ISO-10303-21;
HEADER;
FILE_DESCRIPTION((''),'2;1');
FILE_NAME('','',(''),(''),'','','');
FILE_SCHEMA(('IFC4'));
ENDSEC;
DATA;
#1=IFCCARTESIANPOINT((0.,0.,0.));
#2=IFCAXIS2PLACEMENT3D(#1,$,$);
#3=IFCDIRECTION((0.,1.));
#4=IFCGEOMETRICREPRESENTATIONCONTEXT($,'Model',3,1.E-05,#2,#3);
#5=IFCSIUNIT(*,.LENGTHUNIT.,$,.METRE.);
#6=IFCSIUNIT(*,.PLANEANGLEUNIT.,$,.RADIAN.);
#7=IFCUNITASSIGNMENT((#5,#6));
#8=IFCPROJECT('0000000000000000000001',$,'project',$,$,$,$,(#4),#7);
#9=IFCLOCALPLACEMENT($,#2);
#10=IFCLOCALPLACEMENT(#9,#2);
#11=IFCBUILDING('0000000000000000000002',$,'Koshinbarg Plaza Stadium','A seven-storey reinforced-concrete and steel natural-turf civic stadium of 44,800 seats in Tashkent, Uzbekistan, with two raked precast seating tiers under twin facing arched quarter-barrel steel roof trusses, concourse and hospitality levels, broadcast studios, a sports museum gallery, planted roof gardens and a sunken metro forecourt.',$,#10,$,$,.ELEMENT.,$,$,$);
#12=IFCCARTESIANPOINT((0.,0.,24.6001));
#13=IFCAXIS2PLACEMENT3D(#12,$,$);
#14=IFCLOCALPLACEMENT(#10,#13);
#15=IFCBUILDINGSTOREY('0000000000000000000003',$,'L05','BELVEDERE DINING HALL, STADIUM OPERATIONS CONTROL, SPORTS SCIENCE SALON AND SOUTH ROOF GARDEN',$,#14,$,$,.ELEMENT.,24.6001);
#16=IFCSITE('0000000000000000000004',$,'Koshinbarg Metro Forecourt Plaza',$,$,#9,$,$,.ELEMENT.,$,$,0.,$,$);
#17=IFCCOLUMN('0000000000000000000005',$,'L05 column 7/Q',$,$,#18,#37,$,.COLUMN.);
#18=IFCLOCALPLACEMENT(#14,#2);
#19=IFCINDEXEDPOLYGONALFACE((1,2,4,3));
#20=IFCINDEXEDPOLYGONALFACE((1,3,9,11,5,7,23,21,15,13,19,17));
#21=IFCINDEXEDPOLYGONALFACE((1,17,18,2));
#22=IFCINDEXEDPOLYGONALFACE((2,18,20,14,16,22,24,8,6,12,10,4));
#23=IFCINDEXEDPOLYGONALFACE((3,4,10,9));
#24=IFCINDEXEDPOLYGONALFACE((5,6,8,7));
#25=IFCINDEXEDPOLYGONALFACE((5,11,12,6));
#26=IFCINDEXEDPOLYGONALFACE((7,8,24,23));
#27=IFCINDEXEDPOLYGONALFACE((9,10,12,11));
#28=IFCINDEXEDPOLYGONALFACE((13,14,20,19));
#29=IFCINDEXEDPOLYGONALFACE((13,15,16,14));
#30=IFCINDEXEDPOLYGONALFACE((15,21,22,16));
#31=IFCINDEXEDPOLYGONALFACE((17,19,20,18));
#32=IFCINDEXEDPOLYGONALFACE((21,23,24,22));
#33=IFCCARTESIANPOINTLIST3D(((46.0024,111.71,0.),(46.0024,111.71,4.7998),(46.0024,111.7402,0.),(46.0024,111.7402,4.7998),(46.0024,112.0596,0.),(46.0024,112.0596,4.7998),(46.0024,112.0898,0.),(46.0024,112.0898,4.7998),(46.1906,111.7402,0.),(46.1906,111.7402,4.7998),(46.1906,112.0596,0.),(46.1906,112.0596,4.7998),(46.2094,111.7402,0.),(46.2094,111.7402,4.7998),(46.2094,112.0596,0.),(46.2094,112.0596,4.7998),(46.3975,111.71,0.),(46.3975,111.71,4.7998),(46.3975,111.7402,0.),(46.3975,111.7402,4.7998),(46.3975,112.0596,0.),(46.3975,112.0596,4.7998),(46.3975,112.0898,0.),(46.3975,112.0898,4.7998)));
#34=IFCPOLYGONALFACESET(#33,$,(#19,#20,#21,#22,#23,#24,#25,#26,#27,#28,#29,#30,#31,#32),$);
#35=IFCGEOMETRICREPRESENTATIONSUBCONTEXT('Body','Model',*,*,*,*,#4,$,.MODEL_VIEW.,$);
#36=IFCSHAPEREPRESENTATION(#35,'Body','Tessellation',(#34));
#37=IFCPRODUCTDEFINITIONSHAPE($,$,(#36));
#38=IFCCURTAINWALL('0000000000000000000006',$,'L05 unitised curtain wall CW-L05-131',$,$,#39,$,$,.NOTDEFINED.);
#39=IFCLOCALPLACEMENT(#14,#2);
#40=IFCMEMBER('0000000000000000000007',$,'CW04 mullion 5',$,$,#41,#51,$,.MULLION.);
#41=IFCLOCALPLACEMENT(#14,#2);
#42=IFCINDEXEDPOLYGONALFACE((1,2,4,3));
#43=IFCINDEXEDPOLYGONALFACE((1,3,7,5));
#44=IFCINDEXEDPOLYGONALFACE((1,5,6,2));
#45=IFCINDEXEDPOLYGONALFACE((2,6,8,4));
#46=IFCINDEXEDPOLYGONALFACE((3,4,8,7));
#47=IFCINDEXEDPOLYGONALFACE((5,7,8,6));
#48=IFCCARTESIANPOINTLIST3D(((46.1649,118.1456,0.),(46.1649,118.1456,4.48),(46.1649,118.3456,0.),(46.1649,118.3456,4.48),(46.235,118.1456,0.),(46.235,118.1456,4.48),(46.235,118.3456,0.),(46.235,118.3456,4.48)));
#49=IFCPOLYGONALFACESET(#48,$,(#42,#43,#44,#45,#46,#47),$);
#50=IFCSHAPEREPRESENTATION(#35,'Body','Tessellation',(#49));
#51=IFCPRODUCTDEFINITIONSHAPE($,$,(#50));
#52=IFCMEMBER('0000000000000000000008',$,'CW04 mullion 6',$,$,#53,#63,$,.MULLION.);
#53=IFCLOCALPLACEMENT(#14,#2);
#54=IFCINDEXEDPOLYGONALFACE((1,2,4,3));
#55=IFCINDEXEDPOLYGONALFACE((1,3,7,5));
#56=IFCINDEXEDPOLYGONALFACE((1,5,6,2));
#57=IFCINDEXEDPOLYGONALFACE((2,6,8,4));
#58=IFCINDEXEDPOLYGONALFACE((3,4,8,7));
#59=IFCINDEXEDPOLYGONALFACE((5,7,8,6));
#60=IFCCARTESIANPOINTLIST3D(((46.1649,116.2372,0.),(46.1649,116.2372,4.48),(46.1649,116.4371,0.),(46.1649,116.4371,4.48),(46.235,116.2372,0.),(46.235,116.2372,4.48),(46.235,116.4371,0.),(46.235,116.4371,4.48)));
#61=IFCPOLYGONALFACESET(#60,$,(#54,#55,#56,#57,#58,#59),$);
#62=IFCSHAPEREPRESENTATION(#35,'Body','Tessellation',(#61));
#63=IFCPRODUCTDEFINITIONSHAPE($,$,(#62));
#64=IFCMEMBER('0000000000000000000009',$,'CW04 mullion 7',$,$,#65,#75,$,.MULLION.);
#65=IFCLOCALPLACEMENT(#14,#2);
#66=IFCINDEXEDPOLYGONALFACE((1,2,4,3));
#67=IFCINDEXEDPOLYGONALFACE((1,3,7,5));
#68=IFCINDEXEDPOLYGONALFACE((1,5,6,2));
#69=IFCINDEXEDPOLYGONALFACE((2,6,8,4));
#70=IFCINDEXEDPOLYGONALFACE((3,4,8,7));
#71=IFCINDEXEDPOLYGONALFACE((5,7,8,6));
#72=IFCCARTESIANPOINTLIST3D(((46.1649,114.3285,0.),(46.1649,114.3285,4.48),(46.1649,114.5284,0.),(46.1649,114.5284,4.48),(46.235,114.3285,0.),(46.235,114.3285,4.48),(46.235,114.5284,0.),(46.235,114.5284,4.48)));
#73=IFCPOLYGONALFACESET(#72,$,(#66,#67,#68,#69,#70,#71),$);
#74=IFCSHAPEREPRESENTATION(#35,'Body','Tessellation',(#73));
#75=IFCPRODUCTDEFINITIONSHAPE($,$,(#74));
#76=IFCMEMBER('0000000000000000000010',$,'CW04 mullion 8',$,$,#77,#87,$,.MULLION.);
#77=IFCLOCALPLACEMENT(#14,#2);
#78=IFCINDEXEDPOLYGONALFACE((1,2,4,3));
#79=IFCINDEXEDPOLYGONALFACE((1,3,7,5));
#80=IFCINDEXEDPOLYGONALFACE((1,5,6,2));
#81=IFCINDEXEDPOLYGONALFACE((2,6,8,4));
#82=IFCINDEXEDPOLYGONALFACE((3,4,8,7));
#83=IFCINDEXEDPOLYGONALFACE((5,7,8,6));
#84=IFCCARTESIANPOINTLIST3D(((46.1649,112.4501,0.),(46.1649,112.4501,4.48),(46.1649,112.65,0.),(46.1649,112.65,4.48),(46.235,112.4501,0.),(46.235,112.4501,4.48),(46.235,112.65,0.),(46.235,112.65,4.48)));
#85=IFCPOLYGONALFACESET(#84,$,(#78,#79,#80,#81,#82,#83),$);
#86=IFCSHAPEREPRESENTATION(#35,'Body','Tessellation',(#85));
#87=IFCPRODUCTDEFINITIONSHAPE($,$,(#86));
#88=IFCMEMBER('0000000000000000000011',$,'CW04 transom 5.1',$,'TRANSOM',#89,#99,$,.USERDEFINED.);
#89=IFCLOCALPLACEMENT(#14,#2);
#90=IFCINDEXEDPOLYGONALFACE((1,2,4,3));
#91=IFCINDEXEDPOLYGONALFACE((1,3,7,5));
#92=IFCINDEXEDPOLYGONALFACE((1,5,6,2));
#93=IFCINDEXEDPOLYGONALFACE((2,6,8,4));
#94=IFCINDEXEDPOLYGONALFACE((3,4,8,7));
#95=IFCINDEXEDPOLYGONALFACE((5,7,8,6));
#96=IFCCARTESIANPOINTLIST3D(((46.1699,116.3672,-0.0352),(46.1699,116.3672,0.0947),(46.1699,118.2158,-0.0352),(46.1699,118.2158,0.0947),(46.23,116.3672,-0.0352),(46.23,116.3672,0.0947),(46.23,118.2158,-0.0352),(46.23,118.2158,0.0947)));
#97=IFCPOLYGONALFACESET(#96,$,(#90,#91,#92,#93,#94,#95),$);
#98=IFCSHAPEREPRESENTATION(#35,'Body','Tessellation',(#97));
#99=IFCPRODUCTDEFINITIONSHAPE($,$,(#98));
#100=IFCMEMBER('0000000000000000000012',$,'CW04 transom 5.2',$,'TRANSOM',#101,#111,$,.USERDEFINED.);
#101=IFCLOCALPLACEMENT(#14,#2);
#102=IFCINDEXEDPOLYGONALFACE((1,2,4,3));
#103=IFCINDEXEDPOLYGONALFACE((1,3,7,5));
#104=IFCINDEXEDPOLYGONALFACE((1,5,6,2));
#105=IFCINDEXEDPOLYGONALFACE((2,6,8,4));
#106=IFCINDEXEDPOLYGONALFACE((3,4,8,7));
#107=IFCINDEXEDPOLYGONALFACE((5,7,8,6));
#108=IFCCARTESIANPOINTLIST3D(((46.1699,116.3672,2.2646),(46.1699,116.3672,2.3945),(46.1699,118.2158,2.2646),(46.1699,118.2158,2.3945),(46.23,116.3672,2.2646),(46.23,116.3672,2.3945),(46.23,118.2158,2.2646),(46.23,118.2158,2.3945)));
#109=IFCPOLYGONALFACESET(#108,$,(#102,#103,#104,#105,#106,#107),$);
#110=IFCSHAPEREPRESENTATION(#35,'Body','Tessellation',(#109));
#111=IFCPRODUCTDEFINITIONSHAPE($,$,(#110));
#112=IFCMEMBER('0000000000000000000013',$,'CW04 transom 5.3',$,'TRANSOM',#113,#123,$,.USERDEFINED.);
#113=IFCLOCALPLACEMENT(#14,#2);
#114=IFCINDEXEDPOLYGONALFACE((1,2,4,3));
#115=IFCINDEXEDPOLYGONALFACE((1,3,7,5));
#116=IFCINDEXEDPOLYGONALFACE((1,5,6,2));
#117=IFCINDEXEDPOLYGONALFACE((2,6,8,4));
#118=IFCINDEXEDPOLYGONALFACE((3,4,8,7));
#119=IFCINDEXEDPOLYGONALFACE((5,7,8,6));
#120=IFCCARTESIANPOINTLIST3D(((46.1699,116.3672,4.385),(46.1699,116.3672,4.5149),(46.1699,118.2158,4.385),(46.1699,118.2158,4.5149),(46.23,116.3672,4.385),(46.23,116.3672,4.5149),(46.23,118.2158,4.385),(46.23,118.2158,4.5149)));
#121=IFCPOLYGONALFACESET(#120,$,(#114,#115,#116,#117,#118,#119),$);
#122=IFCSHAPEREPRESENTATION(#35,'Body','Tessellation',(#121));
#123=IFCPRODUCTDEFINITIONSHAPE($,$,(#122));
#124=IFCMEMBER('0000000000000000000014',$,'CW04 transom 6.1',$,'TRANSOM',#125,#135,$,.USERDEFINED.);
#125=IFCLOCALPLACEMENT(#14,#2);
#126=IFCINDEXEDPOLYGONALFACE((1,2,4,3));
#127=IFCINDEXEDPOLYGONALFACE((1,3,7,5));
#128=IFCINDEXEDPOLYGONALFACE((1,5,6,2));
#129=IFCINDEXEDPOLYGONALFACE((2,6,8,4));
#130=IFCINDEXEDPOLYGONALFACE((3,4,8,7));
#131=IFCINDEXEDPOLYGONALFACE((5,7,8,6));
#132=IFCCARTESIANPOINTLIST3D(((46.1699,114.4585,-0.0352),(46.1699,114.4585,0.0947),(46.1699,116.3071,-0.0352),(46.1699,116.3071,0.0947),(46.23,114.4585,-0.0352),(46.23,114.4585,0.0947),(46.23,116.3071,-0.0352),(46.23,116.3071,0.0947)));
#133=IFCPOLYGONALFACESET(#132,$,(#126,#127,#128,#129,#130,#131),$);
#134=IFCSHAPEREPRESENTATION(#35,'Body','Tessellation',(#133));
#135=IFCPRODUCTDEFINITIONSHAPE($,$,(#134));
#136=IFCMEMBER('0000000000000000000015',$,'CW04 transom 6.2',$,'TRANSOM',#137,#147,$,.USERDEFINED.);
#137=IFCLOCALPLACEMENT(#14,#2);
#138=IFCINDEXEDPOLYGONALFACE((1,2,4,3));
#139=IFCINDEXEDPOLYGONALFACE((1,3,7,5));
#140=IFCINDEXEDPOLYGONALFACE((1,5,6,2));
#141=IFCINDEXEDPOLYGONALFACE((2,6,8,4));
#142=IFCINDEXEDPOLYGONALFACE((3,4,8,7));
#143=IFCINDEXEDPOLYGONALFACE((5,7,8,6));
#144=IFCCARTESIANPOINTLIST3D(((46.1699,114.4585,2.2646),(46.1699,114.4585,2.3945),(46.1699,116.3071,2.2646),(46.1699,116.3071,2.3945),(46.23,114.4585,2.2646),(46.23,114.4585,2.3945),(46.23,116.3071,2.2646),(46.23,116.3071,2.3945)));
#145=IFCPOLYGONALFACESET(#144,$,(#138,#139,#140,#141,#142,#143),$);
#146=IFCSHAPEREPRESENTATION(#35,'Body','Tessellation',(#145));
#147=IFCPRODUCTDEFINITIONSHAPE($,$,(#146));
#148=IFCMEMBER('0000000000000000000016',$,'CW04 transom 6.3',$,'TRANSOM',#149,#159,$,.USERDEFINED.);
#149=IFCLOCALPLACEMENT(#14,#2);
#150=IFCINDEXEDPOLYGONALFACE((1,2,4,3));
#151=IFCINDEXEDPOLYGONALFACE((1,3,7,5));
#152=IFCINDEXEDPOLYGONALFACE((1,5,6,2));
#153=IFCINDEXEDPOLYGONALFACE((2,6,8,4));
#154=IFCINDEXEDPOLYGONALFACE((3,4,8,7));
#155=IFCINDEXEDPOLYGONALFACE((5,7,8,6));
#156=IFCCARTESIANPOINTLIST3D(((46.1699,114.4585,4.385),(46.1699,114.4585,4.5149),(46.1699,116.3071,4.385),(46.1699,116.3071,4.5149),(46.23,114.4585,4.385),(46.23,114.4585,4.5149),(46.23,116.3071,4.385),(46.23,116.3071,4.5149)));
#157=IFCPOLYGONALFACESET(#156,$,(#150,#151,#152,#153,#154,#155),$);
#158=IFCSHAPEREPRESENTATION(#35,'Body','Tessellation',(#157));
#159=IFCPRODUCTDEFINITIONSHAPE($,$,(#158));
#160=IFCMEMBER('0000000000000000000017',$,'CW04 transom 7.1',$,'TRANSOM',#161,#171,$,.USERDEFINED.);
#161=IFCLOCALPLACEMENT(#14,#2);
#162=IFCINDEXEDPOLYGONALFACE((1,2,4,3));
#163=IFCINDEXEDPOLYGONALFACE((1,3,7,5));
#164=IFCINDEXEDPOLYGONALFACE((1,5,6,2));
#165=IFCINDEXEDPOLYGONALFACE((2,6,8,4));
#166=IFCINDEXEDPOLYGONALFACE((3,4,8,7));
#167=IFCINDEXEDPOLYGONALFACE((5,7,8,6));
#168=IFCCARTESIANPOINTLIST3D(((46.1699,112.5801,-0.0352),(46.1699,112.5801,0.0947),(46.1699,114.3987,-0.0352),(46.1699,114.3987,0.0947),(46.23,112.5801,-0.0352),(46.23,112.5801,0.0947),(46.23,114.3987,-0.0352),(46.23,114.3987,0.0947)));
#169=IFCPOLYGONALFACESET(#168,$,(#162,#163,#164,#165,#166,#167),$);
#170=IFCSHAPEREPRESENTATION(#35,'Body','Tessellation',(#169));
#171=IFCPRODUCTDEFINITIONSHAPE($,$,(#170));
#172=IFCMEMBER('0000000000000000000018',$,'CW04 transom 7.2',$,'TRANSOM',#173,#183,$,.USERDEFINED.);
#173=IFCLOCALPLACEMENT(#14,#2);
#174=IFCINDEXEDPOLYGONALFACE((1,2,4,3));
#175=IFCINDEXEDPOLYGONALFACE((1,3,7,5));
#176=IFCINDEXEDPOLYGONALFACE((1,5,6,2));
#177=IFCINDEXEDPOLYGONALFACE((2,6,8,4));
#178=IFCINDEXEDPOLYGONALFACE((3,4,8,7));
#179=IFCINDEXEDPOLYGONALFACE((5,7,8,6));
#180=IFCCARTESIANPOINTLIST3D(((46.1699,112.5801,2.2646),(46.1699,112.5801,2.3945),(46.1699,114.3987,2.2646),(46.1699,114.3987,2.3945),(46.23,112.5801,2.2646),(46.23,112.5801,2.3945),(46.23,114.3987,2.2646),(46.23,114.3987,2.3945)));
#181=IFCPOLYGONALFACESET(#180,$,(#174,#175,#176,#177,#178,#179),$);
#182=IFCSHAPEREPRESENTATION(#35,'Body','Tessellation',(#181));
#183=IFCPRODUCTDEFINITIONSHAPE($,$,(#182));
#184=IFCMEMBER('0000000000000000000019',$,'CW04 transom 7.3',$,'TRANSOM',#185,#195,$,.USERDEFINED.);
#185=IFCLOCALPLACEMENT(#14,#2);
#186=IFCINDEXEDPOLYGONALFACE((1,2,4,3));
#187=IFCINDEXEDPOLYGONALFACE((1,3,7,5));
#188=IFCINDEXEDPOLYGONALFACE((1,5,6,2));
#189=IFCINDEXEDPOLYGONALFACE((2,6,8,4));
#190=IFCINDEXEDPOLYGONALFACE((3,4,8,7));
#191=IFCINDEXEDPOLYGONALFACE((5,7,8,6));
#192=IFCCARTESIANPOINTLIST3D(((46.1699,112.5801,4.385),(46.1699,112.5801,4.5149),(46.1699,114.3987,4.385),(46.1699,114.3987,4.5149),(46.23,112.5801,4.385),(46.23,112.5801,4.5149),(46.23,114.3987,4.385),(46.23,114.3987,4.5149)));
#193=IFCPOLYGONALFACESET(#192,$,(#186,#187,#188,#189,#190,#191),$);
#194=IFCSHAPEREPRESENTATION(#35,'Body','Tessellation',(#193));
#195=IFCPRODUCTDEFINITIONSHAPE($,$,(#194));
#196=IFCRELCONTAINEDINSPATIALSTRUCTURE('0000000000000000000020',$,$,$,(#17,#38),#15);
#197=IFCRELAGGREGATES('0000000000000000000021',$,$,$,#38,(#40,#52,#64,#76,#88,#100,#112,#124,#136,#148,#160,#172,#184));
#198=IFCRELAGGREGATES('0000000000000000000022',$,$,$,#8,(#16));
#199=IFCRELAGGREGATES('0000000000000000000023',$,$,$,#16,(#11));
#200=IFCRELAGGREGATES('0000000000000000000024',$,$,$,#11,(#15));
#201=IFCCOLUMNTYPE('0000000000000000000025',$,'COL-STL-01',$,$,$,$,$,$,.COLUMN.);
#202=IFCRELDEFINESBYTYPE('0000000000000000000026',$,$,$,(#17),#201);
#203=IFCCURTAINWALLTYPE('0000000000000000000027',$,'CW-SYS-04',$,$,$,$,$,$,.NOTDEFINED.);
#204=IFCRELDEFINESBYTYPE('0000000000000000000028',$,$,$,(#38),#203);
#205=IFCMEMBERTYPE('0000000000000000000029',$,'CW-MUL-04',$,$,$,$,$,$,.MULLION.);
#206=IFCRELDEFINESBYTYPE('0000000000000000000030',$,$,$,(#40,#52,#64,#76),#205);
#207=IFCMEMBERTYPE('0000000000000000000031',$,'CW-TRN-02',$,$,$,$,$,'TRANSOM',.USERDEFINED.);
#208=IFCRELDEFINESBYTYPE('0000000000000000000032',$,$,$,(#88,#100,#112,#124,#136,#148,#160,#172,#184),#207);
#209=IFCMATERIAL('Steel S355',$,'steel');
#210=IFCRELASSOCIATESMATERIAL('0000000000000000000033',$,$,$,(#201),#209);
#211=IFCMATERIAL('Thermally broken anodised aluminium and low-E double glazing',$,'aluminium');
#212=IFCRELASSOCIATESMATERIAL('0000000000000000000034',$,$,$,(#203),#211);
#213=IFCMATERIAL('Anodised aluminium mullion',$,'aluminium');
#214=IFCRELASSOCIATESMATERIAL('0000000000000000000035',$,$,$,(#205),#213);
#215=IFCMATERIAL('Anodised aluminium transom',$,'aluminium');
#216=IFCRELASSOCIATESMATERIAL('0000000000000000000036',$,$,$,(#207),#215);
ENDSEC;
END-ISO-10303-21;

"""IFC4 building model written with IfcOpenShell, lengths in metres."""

from ifc_helpers import new_model, si_unit, direction, frame, origin, origin_2d, place, context, subcontext, project, spatial, rectangle, i_section, extrude, material, material_profile, profile_set, type_object, element, aggregate, save


model = new_model("IFC4")

# Units and contexts
model_context = context("Model", 3, precision=1e-05, world=origin(), true_north=direction((0.0, 1.0)))
body_context = subcontext(model_context, "Body", "Model", "MODEL_VIEW")
ifc_project = project(units=[si_unit("LENGTHUNIT", "METRE"), si_unit("PLANEANGLEUNIT", "RADIAN")], contexts=[model_context])

# Site, building, storey
site_placement = place(None, origin())
site = spatial("IfcSite", under=ifc_project, at=site_placement, Name="Koshinbarg Metro Forecourt Plaza", CompositionType="ELEMENT", RefElevation=0.0)
building_placement = place(site_placement, origin())
building = spatial("IfcBuilding", under=site, at=building_placement, Name="Koshinbarg Plaza Stadium", Description="A seven-storey reinforced-concrete and steel natural-turf civic stadium of 44,800 seats in Tashkent, Uzbekistan, with two raked precast seating tiers under twin facing arched quarter-barrel steel roof trusses, concourse and hospitality levels, broadcast studios, a sports museum gallery, planted roof gardens and a sunken metro forecourt.", CompositionType="ELEMENT")
storey_placement = place(building_placement, frame((0.0, 0.0, 24.6001)))
storey = spatial("IfcBuildingStorey", under=building, at=storey_placement, Name="L05", Description="BELVEDERE DINING HALL, STADIUM OPERATIONS CONTROL, SPORTS SCIENCE SALON AND SOUTH ROOF GARDEN", CompositionType="ELEMENT", Elevation=24.6001)

# Column
ifc_material_1 = material(Name="Steel S355", Category="steel")
ifc_material_profile_1 = material_profile(ifc_material_1, i_section(OverallWidth=0.395, OverallDepth=0.3799, WebThickness=0.0188, FlangeThickness=0.0303, at=origin_2d()), Name="HD 400x237")
ifc_profile_set_1 = profile_set([ifc_material_profile_1], Name="Steel S355")
column_type = type_object("IfcColumnType", Name="COL-STL-01", PredefinedType="COLUMN", material=ifc_profile_set_1)
column_placement = place(storey_placement, frame((46.2, 111.8999, 0.0), z_axis=(0.0, 0.0, 1.0), x_axis=(1.0, 0.0, 0.0)))
element("IfcColumn", 1, at=column_placement, inside=storey, type_object=column_type, Name="L05 column 7/Q", PredefinedType="COLUMN", context=body_context, shape_type="SweptSolid", body=[
    extrude(i_section(OverallWidth=0.395, OverallDepth=0.3799, WebThickness=0.0188, FlangeThickness=0.0303, at=origin_2d()), origin(), (0.0, 0.0, 1.0), 4.7998),
])

# Curtain wall, members
ifc_material_2 = material(Name="Thermally broken anodised aluminium and low-E double glazing", Category="aluminium")
curtain_wall_type = type_object("IfcCurtainWallType", Name="CW-SYS-04", PredefinedType="NOTDEFINED", material=ifc_material_2)
curtain_wall_placement = place(storey_placement, origin())
curtain_wall = element("IfcCurtainWall", 2, at=curtain_wall_placement, inside=storey, type_object=curtain_wall_type, Name="L05 unitised curtain wall CW-L05-131", PredefinedType="NOTDEFINED")
ifc_material_3 = material(Name="Anodised aluminium mullion", Category="aluminium")
ifc_material_profile_2 = material_profile(ifc_material_3, rectangle(XDim=0.0701, YDim=0.2, at=origin_2d()), Name="ALU 70x200")
ifc_profile_set_2 = profile_set([ifc_material_profile_2], Name="Anodised aluminium mullion")
member_type_1 = type_object("IfcMemberType", Name="CW-MUL-04", PredefinedType="MULLION", material=ifc_profile_set_2)
member_1_placement = place(storey_placement, frame((46.2, 118.2456, 0.0), z_axis=(0.0, 0.0, 1.0), x_axis=(1.0, 0.0, 0.0)))
member_1 = element("IfcMember", 3, at=member_1_placement, type_object=member_type_1, Name="CW04 mullion 5", PredefinedType="MULLION", context=body_context, shape_type="SweptSolid", body=[
    extrude(rectangle(XDim=0.0701, YDim=0.2, at=origin_2d()), origin(), (0.0, 0.0, 1.0), 4.48),
])
member_2_placement = place(storey_placement, frame((46.2, 116.3372, 0.0), z_axis=(0.0, 0.0, 1.0), x_axis=(1.0, 0.0, 0.0)))
member_2 = element("IfcMember", 4, at=member_2_placement, type_object=member_type_1, Name="CW04 mullion 6", PredefinedType="MULLION", context=body_context, shape_type="SweptSolid", body=[
    extrude(rectangle(XDim=0.0701, YDim=0.2, at=origin_2d()), origin(), (0.0, 0.0, 1.0), 4.48),
])
member_3_placement = place(storey_placement, frame((46.2, 114.4285, 0.0), z_axis=(0.0, 0.0, 1.0), x_axis=(1.0, 0.0, 0.0)))
member_3 = element("IfcMember", 5, at=member_3_placement, type_object=member_type_1, Name="CW04 mullion 7", PredefinedType="MULLION", context=body_context, shape_type="SweptSolid", body=[
    extrude(rectangle(XDim=0.0701, YDim=0.2, at=origin_2d()), origin(), (0.0, 0.0, 1.0), 4.48),
])
member_4_placement = place(storey_placement, frame((46.2, 112.55, 0.0), z_axis=(0.0, 0.0, 1.0), x_axis=(1.0, 0.0, 0.0)))
member_4 = element("IfcMember", 6, at=member_4_placement, type_object=member_type_1, Name="CW04 mullion 8", PredefinedType="MULLION", context=body_context, shape_type="SweptSolid", body=[
    extrude(rectangle(XDim=0.0701, YDim=0.2, at=origin_2d()), origin(), (0.0, 0.0, 1.0), 4.48),
])
ifc_material_4 = material(Name="Anodised aluminium transom", Category="aluminium")
ifc_material_profile_3 = material_profile(ifc_material_4, rectangle(XDim=0.0601, YDim=0.1299, at=origin_2d()), Name="ALU 60x130")
ifc_profile_set_3 = profile_set([ifc_material_profile_3], Name="Anodised aluminium transom")
member_type_2 = type_object("IfcMemberType", Name="CW-TRN-02", ElementType="TRANSOM", PredefinedType="USERDEFINED", material=ifc_profile_set_3)
member_5_placement = place(storey_placement, frame((46.2, 118.2158, 0.0298), z_axis=(0.0, -1.0, 0.0), x_axis=(1.0, 0.0, 0.0)))
member_5 = element("IfcMember", 7, at=member_5_placement, type_object=member_type_2, Name="CW04 transom 5.1", ObjectType="TRANSOM", PredefinedType="USERDEFINED", context=body_context, shape_type="SweptSolid", body=[
    extrude(rectangle(XDim=0.0601, YDim=0.1299, at=origin_2d()), origin(), (0.0, 0.0, 1.0), 1.8486),
])
member_6_placement = place(storey_placement, frame((46.2, 118.2158, 2.3296), z_axis=(0.0, -1.0, 0.0), x_axis=(1.0, 0.0, 0.0)))
member_6 = element("IfcMember", 8, at=member_6_placement, type_object=member_type_2, Name="CW04 transom 5.2", ObjectType="TRANSOM", PredefinedType="USERDEFINED", context=body_context, shape_type="SweptSolid", body=[
    extrude(rectangle(XDim=0.0601, YDim=0.1299, at=origin_2d()), origin(), (0.0, 0.0, 1.0), 1.8486),
])
member_7_placement = place(storey_placement, frame((46.2, 118.2158, 4.45), z_axis=(0.0, -1.0, 0.0), x_axis=(1.0, 0.0, 0.0)))
member_7 = element("IfcMember", 9, at=member_7_placement, type_object=member_type_2, Name="CW04 transom 5.3", ObjectType="TRANSOM", PredefinedType="USERDEFINED", context=body_context, shape_type="SweptSolid", body=[
    extrude(rectangle(XDim=0.0601, YDim=0.1299, at=origin_2d()), origin(), (0.0, 0.0, 1.0), 1.8486),
])
member_8_placement = place(storey_placement, frame((46.2, 116.3071, 0.0298), z_axis=(0.0, -1.0, 0.0), x_axis=(1.0, 0.0, 0.0)))
member_8 = element("IfcMember", 10, at=member_8_placement, type_object=member_type_2, Name="CW04 transom 6.1", ObjectType="TRANSOM", PredefinedType="USERDEFINED", context=body_context, shape_type="SweptSolid", body=[
    extrude(rectangle(XDim=0.0601, YDim=0.1299, at=origin_2d()), origin(), (0.0, 0.0, 1.0), 1.8486),
])
member_9_placement = place(storey_placement, frame((46.2, 116.3071, 2.3296), z_axis=(0.0, -1.0, 0.0), x_axis=(1.0, 0.0, 0.0)))
member_9 = element("IfcMember", 11, at=member_9_placement, type_object=member_type_2, Name="CW04 transom 6.2", ObjectType="TRANSOM", PredefinedType="USERDEFINED", context=body_context, shape_type="SweptSolid", body=[
    extrude(rectangle(XDim=0.0601, YDim=0.1299, at=origin_2d()), origin(), (0.0, 0.0, 1.0), 1.8486),
])
member_10_placement = place(storey_placement, frame((46.2, 116.3071, 4.45), z_axis=(0.0, -1.0, 0.0), x_axis=(1.0, 0.0, 0.0)))
member_10 = element("IfcMember", 12, at=member_10_placement, type_object=member_type_2, Name="CW04 transom 6.3", ObjectType="TRANSOM", PredefinedType="USERDEFINED", context=body_context, shape_type="SweptSolid", body=[
    extrude(rectangle(XDim=0.0601, YDim=0.1299, at=origin_2d()), origin(), (0.0, 0.0, 1.0), 1.8486),
])
member_11_placement = place(storey_placement, frame((46.2, 114.3987, 0.0298), z_axis=(0.0, -1.0, 0.0), x_axis=(1.0, 0.0, 0.0)))
member_11 = element("IfcMember", 13, at=member_11_placement, type_object=member_type_2, Name="CW04 transom 7.1", ObjectType="TRANSOM", PredefinedType="USERDEFINED", context=body_context, shape_type="SweptSolid", body=[
    extrude(rectangle(XDim=0.0601, YDim=0.1299, at=origin_2d()), origin(), (0.0, 0.0, 1.0), 1.8186),
])
member_12_placement = place(storey_placement, frame((46.2, 114.3987, 2.3296), z_axis=(0.0, -1.0, 0.0), x_axis=(1.0, 0.0, 0.0)))
member_12 = element("IfcMember", 14, at=member_12_placement, type_object=member_type_2, Name="CW04 transom 7.2", ObjectType="TRANSOM", PredefinedType="USERDEFINED", context=body_context, shape_type="SweptSolid", body=[
    extrude(rectangle(XDim=0.0601, YDim=0.1299, at=origin_2d()), origin(), (0.0, 0.0, 1.0), 1.8186),
])
member_13_placement = place(storey_placement, frame((46.2, 114.3987, 4.45), z_axis=(0.0, -1.0, 0.0), x_axis=(1.0, 0.0, 0.0)))
member_13 = element("IfcMember", 15, at=member_13_placement, type_object=member_type_2, Name="CW04 transom 7.3", ObjectType="TRANSOM", PredefinedType="USERDEFINED", context=body_context, shape_type="SweptSolid", body=[
    extrude(rectangle(XDim=0.0601, YDim=0.1299, at=origin_2d()), origin(), (0.0, 0.0, 1.0), 1.8186),
])
aggregate(curtain_wall, [member_1, member_2, member_3, member_4, member_5, member_6, member_7, member_8, member_9, member_10, member_11, member_12, member_13])

save(model, "model.ifc")
